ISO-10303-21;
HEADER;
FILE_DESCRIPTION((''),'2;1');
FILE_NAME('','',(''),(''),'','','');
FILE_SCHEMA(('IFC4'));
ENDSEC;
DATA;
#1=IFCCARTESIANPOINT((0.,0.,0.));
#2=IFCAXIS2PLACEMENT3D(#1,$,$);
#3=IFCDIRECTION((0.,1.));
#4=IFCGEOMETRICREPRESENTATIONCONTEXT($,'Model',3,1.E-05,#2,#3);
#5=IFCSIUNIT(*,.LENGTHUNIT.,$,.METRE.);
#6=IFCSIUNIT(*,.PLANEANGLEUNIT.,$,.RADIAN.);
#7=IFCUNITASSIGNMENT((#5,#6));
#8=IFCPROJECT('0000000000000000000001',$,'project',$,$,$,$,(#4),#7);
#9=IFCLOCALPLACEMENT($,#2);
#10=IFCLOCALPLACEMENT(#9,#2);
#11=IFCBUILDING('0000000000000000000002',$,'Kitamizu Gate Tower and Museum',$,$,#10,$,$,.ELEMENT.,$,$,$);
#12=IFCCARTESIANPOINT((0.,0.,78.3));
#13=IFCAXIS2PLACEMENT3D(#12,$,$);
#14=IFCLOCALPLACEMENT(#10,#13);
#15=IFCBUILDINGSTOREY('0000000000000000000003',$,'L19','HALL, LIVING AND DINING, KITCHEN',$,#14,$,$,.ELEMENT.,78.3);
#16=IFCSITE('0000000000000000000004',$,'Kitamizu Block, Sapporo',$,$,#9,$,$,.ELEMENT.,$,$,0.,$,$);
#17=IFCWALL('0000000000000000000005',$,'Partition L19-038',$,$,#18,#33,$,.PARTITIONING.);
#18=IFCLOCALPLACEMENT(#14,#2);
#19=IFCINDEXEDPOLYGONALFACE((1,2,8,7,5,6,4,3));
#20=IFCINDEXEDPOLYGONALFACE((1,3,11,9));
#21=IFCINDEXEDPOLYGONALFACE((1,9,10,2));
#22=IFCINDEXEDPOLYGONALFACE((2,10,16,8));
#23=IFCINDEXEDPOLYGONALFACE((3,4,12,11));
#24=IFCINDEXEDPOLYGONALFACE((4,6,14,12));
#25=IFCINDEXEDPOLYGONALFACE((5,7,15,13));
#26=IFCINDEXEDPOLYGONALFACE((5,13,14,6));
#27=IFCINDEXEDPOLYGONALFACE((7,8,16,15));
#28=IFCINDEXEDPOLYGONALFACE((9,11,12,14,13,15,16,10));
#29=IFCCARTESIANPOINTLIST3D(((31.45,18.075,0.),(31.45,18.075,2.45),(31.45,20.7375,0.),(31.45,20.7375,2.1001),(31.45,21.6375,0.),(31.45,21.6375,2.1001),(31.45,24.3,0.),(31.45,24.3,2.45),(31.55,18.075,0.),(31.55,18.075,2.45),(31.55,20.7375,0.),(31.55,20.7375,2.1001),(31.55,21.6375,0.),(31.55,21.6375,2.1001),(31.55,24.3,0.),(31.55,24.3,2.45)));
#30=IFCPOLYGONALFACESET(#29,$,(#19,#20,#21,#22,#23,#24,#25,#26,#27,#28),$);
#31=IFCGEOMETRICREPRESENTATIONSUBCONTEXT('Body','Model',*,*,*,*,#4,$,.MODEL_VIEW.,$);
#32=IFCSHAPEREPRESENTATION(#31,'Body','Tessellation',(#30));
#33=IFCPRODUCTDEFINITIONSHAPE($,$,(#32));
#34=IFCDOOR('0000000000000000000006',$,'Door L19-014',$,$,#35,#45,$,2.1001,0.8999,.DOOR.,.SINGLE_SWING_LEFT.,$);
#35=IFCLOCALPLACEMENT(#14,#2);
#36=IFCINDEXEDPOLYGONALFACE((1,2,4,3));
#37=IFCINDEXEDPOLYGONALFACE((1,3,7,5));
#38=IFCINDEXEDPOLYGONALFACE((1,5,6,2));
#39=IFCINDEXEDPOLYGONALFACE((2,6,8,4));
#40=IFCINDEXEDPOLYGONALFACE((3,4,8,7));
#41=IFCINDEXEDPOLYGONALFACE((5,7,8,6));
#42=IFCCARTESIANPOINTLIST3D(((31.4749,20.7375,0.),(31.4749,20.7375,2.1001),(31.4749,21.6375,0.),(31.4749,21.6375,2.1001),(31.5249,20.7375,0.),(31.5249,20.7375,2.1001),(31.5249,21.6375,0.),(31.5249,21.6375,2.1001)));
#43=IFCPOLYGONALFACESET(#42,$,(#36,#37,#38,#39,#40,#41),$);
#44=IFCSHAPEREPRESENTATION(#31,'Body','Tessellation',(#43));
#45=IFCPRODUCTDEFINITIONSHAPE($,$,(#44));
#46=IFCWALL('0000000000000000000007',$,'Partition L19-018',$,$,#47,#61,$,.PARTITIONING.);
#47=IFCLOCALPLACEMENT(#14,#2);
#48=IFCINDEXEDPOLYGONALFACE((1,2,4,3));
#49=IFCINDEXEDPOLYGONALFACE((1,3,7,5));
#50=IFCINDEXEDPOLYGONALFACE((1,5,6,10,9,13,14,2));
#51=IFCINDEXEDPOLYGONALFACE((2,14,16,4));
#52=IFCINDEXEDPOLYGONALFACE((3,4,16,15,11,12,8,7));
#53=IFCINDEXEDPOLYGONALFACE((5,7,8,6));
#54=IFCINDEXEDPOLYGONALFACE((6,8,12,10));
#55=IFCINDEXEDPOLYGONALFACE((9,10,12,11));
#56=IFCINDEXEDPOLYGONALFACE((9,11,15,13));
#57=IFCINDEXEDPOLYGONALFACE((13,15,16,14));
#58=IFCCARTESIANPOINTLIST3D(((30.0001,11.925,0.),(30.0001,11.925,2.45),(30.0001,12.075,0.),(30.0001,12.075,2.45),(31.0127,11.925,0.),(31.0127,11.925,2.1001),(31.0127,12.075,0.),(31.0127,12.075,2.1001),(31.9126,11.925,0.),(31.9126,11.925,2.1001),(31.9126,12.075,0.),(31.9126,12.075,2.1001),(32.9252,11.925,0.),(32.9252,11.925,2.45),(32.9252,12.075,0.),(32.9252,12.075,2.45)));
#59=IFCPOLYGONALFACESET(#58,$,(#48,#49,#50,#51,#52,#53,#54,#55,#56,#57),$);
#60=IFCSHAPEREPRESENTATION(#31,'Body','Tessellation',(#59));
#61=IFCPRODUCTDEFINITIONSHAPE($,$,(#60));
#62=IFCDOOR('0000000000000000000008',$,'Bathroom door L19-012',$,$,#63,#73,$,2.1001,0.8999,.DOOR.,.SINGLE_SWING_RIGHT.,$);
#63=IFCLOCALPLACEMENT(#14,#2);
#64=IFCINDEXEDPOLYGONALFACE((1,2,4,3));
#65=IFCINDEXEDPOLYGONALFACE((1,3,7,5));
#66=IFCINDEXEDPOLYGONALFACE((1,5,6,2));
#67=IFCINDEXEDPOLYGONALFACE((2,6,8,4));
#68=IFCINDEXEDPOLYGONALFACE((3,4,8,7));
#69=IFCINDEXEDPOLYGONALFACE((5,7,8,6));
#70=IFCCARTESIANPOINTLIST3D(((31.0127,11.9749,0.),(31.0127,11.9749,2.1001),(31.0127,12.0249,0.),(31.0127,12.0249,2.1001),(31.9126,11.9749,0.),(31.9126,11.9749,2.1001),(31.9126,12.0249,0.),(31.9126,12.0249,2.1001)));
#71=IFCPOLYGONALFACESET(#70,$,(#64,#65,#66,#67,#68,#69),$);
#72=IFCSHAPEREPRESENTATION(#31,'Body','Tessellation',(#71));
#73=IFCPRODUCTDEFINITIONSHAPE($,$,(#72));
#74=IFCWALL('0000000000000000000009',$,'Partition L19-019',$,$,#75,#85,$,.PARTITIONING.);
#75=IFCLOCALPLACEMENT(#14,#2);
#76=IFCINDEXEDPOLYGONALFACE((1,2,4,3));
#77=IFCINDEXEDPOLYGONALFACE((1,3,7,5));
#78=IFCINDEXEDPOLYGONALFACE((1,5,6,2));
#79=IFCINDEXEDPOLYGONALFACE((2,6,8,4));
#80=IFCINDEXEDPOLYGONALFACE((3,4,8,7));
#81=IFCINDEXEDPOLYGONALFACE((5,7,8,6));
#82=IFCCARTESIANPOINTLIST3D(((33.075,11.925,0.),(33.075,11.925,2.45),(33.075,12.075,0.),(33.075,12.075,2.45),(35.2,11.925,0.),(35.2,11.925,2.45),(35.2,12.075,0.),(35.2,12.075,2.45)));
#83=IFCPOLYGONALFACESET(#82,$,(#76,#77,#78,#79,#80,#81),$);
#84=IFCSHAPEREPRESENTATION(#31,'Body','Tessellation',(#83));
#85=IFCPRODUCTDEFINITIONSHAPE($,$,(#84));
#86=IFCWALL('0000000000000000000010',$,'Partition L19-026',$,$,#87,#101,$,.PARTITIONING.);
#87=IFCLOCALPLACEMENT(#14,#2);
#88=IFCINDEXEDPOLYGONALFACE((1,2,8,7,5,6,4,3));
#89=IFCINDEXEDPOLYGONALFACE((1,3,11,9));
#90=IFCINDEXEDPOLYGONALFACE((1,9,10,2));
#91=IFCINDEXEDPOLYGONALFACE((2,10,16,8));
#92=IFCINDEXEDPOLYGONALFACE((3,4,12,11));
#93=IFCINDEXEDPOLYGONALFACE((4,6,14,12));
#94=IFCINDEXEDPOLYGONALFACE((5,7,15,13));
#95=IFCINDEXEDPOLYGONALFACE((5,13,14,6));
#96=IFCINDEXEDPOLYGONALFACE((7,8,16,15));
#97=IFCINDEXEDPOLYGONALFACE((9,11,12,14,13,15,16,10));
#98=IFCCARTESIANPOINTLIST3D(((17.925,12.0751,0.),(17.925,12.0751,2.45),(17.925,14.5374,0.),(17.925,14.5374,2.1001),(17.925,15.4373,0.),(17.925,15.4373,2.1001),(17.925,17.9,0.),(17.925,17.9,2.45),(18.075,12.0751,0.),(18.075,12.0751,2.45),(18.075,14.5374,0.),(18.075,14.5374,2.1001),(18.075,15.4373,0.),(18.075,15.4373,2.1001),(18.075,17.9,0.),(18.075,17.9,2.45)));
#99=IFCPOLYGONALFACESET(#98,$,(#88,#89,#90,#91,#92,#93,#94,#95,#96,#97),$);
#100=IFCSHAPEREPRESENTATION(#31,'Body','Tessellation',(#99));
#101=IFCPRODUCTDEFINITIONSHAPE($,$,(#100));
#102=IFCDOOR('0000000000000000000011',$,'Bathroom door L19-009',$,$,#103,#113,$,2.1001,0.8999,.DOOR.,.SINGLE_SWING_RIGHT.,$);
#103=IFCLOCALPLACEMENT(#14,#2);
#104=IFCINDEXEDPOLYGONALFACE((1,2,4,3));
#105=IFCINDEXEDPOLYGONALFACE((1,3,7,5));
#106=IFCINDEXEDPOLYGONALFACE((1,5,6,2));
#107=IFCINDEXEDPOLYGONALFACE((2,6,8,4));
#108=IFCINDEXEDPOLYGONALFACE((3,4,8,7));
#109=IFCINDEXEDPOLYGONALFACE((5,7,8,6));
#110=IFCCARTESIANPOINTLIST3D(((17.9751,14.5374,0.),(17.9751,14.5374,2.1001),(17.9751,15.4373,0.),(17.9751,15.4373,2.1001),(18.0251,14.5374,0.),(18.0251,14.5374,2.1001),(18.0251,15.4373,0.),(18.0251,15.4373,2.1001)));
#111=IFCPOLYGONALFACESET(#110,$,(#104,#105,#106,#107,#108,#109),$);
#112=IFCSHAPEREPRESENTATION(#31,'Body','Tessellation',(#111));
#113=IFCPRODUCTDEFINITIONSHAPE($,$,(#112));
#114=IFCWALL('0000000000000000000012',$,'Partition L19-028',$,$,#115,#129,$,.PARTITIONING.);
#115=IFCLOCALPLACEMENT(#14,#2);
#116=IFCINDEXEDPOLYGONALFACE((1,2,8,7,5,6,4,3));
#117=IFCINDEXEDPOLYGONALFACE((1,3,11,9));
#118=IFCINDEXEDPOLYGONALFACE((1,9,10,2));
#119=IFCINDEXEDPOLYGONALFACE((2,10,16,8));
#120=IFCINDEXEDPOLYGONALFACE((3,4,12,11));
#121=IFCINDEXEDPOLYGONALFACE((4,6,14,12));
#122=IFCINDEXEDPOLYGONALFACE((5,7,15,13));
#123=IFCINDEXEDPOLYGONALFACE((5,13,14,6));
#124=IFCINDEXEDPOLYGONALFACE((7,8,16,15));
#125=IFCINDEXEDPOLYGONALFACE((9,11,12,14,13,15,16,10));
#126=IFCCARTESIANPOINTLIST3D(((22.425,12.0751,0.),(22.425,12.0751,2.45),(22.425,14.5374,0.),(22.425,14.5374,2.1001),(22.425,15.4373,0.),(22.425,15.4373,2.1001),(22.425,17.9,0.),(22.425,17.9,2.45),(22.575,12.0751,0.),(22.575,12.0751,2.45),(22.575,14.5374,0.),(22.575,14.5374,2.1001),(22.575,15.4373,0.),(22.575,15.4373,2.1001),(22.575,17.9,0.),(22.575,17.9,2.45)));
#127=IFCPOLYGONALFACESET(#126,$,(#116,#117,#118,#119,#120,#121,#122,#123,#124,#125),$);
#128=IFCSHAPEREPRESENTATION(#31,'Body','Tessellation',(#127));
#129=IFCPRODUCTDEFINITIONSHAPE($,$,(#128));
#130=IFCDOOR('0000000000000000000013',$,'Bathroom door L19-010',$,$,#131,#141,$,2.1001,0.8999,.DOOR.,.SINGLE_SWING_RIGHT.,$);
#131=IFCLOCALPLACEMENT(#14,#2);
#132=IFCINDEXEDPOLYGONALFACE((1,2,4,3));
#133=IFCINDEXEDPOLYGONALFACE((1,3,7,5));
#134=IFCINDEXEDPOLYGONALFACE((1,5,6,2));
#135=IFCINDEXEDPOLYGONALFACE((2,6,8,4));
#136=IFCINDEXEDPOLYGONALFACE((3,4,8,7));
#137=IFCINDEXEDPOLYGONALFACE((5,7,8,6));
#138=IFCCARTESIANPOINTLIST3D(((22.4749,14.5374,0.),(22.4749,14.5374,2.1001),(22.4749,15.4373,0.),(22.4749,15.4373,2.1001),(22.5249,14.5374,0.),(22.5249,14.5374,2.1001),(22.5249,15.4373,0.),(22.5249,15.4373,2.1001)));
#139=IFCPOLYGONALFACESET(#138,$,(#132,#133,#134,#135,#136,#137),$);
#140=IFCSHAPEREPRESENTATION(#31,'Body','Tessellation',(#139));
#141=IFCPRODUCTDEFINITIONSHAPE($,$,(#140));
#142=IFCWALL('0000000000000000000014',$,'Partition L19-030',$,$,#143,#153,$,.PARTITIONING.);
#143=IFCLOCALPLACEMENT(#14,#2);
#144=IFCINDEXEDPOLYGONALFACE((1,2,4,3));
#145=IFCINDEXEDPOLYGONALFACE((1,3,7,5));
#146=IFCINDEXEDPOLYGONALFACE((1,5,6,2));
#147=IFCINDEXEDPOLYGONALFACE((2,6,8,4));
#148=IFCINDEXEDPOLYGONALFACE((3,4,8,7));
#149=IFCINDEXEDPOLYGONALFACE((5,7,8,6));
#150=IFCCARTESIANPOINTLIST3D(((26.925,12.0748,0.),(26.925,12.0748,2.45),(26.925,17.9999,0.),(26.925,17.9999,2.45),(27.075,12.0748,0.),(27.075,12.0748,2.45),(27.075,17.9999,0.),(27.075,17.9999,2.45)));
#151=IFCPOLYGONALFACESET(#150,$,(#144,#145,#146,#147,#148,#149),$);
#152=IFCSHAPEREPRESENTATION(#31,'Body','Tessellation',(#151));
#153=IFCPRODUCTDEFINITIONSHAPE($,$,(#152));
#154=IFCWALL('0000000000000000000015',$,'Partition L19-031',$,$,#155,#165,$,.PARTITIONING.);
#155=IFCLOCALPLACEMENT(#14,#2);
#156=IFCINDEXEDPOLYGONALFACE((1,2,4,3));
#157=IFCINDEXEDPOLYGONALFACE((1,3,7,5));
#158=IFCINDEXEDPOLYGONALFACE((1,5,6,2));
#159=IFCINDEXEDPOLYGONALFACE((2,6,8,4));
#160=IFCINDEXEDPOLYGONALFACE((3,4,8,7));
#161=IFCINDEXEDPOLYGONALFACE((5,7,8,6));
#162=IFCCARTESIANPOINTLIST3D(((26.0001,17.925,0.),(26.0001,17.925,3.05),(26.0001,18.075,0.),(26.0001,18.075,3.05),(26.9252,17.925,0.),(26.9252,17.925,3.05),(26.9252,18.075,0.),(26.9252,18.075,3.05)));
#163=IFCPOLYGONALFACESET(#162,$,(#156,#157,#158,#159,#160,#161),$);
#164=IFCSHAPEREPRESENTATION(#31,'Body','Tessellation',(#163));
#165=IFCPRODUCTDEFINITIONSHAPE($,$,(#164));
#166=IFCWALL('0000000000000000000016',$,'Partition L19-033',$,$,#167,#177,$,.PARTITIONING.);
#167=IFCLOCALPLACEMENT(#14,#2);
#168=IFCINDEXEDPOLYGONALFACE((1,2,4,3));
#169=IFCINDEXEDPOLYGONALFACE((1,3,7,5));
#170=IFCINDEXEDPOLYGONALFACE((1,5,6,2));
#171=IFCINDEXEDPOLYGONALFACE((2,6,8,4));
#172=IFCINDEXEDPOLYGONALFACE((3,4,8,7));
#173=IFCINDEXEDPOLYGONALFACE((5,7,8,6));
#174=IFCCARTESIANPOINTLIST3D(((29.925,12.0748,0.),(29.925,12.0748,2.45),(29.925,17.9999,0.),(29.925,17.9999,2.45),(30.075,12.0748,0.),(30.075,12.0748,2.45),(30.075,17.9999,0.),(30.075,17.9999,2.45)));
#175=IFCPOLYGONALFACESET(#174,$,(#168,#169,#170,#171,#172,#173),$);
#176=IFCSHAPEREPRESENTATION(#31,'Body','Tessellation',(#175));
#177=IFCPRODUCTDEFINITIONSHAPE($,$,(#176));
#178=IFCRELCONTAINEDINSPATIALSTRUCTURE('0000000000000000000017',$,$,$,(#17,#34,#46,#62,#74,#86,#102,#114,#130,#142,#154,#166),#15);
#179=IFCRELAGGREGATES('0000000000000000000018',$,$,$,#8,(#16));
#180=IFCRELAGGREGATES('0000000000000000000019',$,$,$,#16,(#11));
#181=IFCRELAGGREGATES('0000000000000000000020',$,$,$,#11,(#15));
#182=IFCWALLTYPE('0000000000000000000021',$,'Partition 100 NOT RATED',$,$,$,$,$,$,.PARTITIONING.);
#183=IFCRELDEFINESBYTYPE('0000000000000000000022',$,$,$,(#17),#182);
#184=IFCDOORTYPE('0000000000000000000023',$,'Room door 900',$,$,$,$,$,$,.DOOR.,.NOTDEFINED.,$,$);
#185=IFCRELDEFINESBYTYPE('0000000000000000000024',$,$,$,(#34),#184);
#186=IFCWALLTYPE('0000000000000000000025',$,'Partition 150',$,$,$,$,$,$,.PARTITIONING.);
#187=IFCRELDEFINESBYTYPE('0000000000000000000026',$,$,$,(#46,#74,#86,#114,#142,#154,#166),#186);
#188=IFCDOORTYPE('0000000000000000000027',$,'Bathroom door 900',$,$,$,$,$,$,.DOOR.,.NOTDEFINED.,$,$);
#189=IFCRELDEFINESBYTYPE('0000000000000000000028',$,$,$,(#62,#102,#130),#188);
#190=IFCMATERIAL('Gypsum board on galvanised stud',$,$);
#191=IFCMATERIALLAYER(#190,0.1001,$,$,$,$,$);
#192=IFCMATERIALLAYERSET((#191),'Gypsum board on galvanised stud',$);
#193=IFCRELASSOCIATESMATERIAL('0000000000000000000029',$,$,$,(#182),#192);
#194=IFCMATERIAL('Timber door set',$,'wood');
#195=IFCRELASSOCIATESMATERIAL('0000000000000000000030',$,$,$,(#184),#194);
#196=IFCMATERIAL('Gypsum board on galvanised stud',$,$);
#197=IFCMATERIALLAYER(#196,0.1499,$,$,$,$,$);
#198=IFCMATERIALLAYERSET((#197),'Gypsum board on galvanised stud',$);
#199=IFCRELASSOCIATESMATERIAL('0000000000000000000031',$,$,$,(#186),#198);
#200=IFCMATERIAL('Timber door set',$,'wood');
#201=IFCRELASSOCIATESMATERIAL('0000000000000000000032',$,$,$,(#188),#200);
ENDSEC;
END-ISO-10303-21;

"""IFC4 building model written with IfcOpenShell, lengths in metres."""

from ifc_helpers import new_model, si_unit, direction, frame, frame_2d, origin, place, context, subcontext, project, spatial, rectangle, extrude, material, layer, layer_set, type_object, element, fill, save


model = new_model("IFC4")

# Units and contexts
model_context = context("Model", 3, precision=1e-05, world=origin(), true_north=direction((0.0, 1.0)))
body_context = subcontext(model_context, "Body", "Model", "MODEL_VIEW")
ifc_project = project(units=[si_unit("LENGTHUNIT", "METRE"), si_unit("PLANEANGLEUNIT", "RADIAN")], contexts=[model_context])

# Site, building, storey
site_placement = place(None, origin())
site = spatial("IfcSite", under=ifc_project, at=site_placement, Name="Kitamizu Block, Sapporo", CompositionType="ELEMENT", RefElevation=0.0)
building_placement = place(site_placement, origin())
building = spatial("IfcBuilding", under=site, at=building_placement, Name="Kitamizu Gate Tower and Museum", CompositionType="ELEMENT")
storey_placement = place(building_placement, frame((0.0, 0.0, 78.3)))
storey = spatial("IfcBuildingStorey", under=building, at=storey_placement, Name="L19", Description="HALL, LIVING AND DINING, KITCHEN", CompositionType="ELEMENT", Elevation=78.3)

# Walls, openings, doors
ifc_material_1 = material(Name="Gypsum board on galvanised stud")
ifc_layer_1 = layer(ifc_material_1, 0.1001)
ifc_layer_set_1 = layer_set([ifc_layer_1], Name="Gypsum board on galvanised stud")
wall_type_1 = type_object("IfcWallType", Name="Partition 100 NOT RATED", PredefinedType="PARTITIONING", material=ifc_layer_set_1)
wall_1_placement = place(storey_placement, frame((31.5, 18.075, 0.0), z_axis=(0.0, 0.0, 1.0), x_axis=(0.0, 1.0, 0.0)))
wall_1 = element("IfcWall", 1, at=wall_1_placement, inside=storey, type_object=wall_type_1, Name="Partition L19-038", PredefinedType="PARTITIONING", context=body_context, shape_type="SweptSolid", body=[
    extrude(rectangle(XDim=6.2251, YDim=0.1001, at=frame_2d((3.1125, 0.0))), origin(), (0.0, 0.0, 1.0), 2.45),
])
opening_1_placement = place(wall_1_placement, frame((2.6626, 0.0, 0.0)))
opening_1 = element("IfcOpeningElement", 2, at=opening_1_placement, cuts=wall_1, PredefinedType="OPENING", context=body_context, shape_type="SweptSolid", body=[
    extrude(rectangle(XDim=0.8999, YDim=2.1001, at=frame_2d((0.45, 1.05))), frame((0.0, 0.0601, 0.0), z_axis=(0.0, -1.0, 0.0), x_axis=(1.0, 0.0, 0.0)), (0.0, 0.0, 1.0), 0.1201),
])
ifc_material_2 = material(Name="Timber door set", Category="wood")
door_type_1 = type_object("IfcDoorType", Name="Room door 900", OperationType="NOTDEFINED", PredefinedType="DOOR", material=ifc_material_2)
door_1_placement = place(opening_1_placement, frame((0.8999, 0.0, 0.0), x_axis=(-1.0, 0.0, 0.0)))
door_1 = element("IfcDoor", 3, at=door_1_placement, inside=storey, type_object=door_type_1, Name="Door L19-014", OperationType="SINGLE_SWING_LEFT", OverallHeight=2.1001, OverallWidth=0.8999, PredefinedType="DOOR", context=body_context, shape_type="SweptSolid", body=[
    extrude(rectangle(XDim=0.8999, YDim=2.1001, at=frame_2d((0.45, 1.05))), frame((0.0, 0.0249, 0.0), z_axis=(0.0, -1.0, 0.0), x_axis=(1.0, 0.0, 0.0)), (0.0, 0.0, 1.0), 0.05),
])
fill(opening_1, door_1)
ifc_material_3 = material(Name="Gypsum board on galvanised stud")
ifc_layer_2 = layer(ifc_material_3, 0.1499)
ifc_layer_set_2 = layer_set([ifc_layer_2], Name="Gypsum board on galvanised stud")
wall_type_2 = type_object("IfcWallType", Name="Partition 150", PredefinedType="PARTITIONING", material=ifc_layer_set_2)
wall_2_placement = place(storey_placement, frame((32.925, 12.0, 0.0), z_axis=(0.0, 0.0, 1.0), x_axis=(-1.0, 0.0, 0.0)))
wall_2 = element("IfcWall", 4, at=wall_2_placement, inside=storey, type_object=wall_type_2, Name="Partition L19-018", PredefinedType="PARTITIONING", context=body_context, shape_type="SweptSolid", body=[
    extrude(rectangle(XDim=2.925, YDim=0.1499, at=frame_2d((1.4624, 0.0))), origin(), (0.0, 0.0, 1.0), 2.45),
])
opening_2_placement = place(wall_2_placement, frame((1.0125, 0.0, 0.0)))
opening_2 = element("IfcOpeningElement", 5, at=opening_2_placement, cuts=wall_2, PredefinedType="OPENING", context=body_context, shape_type="SweptSolid", body=[
    extrude(rectangle(XDim=0.8999, YDim=2.1001, at=frame_2d((0.45, 1.05))), frame((0.0, 0.085, 0.0), z_axis=(0.0, -1.0, 0.0), x_axis=(1.0, 0.0, 0.0)), (0.0, 0.0, 1.0), 0.1699),
])
ifc_material_4 = material(Name="Timber door set", Category="wood")
door_type_2 = type_object("IfcDoorType", Name="Bathroom door 900", OperationType="NOTDEFINED", PredefinedType="DOOR", material=ifc_material_4)
door_2_placement = place(opening_2_placement, frame((0.8999, 0.0, 0.0), x_axis=(-1.0, 0.0, 0.0)))
door_2 = element("IfcDoor", 6, at=door_2_placement, inside=storey, type_object=door_type_2, Name="Bathroom door L19-012", OperationType="SINGLE_SWING_RIGHT", OverallHeight=2.1001, OverallWidth=0.8999, PredefinedType="DOOR", context=body_context, shape_type="SweptSolid", body=[
    extrude(rectangle(XDim=0.8999, YDim=2.1001, at=frame_2d((0.45, 1.05))), frame((0.0, 0.0249, 0.0), z_axis=(0.0, -1.0, 0.0), x_axis=(1.0, 0.0, 0.0)), (0.0, 0.0, 1.0), 0.05),
])
fill(opening_2, door_2)

# Wall
wall_3_placement = place(storey_placement, frame((35.2, 12.0, 0.0), z_axis=(0.0, 0.0, 1.0), x_axis=(-1.0, 0.0, 0.0)))
element("IfcWall", 7, at=wall_3_placement, inside=storey, type_object=wall_type_2, Name="Partition L19-019", PredefinedType="PARTITIONING", context=body_context, shape_type="SweptSolid", body=[
    extrude(rectangle(XDim=2.125, YDim=0.1499, at=frame_2d((1.0625, 0.0))), origin(), (0.0, 0.0, 1.0), 2.45),
])

# Walls, openings, doors
wall_4_placement = place(storey_placement, frame((18.0, 12.075, 0.0), z_axis=(0.0, 0.0, 1.0), x_axis=(0.0, 1.0, 0.0)))
wall_4 = element("IfcWall", 8, at=wall_4_placement, inside=storey, type_object=wall_type_2, Name="Partition L19-026", PredefinedType="PARTITIONING", context=body_context, shape_type="SweptSolid", body=[
    extrude(rectangle(XDim=5.825, YDim=0.1499, at=frame_2d((2.9126, 0.0))), origin(), (0.0, 0.0, 1.0), 2.45),
])
opening_3_placement = place(wall_4_placement, frame((2.4624, 0.0, 0.0)))
opening_3 = element("IfcOpeningElement", 9, at=opening_3_placement, cuts=wall_4, PredefinedType="OPENING", context=body_context, shape_type="SweptSolid", body=[
    extrude(rectangle(XDim=0.8999, YDim=2.1001, at=frame_2d((0.45, 1.05))), frame((0.0, 0.085, 0.0), z_axis=(0.0, -1.0, 0.0), x_axis=(1.0, 0.0, 0.0)), (0.0, 0.0, 1.0), 0.1699),
])
door_3_placement = place(opening_3_placement, origin())
door_3 = element("IfcDoor", 10, at=door_3_placement, inside=storey, type_object=door_type_2, Name="Bathroom door L19-009", OperationType="SINGLE_SWING_RIGHT", OverallHeight=2.1001, OverallWidth=0.8999, PredefinedType="DOOR", context=body_context, shape_type="SweptSolid", body=[
    extrude(rectangle(XDim=0.8999, YDim=2.1001, at=frame_2d((0.45, 1.05))), frame((0.0, 0.0249, 0.0), z_axis=(0.0, -1.0, 0.0), x_axis=(1.0, 0.0, 0.0)), (0.0, 0.0, 1.0), 0.05),
])
fill(opening_3, door_3)
wall_5_placement = place(storey_placement, frame((22.5, 12.075, 0.0), z_axis=(0.0, 0.0, 1.0), x_axis=(0.0, 1.0, 0.0)))
wall_5 = element("IfcWall", 11, at=wall_5_placement, inside=storey, type_object=wall_type_2, Name="Partition L19-028", PredefinedType="PARTITIONING", context=body_context, shape_type="SweptSolid", body=[
    extrude(rectangle(XDim=5.825, YDim=0.1499, at=frame_2d((2.9126, 0.0))), origin(), (0.0, 0.0, 1.0), 2.45),
])
opening_4_placement = place(wall_5_placement, frame((2.4624, 0.0, 0.0)))
opening_4 = element("IfcOpeningElement", 12, at=opening_4_placement, cuts=wall_5, PredefinedType="OPENING", context=body_context, shape_type="SweptSolid", body=[
    extrude(rectangle(XDim=0.8999, YDim=2.1001, at=frame_2d((0.45, 1.05))), frame((0.0, 0.085, 0.0), z_axis=(0.0, -1.0, 0.0), x_axis=(1.0, 0.0, 0.0)), (0.0, 0.0, 1.0), 0.1699),
])
door_4_placement = place(opening_4_placement, frame((0.8999, 0.0, 0.0), x_axis=(-1.0, 0.0, 0.0)))
door_4 = element("IfcDoor", 13, at=door_4_placement, inside=storey, type_object=door_type_2, Name="Bathroom door L19-010", OperationType="SINGLE_SWING_RIGHT", OverallHeight=2.1001, OverallWidth=0.8999, PredefinedType="DOOR", context=body_context, shape_type="SweptSolid", body=[
    extrude(rectangle(XDim=0.8999, YDim=2.1001, at=frame_2d((0.45, 1.05))), frame((0.0, 0.0249, 0.0), z_axis=(0.0, -1.0, 0.0), x_axis=(1.0, 0.0, 0.0)), (0.0, 0.0, 1.0), 0.05),
])
fill(opening_4, door_4)

# Walls
wall_6_placement = place(storey_placement, frame((27.0, 12.075, 0.0), z_axis=(0.0, 0.0, 1.0), x_axis=(0.0, 1.0, 0.0)))
element("IfcWall", 14, at=wall_6_placement, inside=storey, type_object=wall_type_2, Name="Partition L19-030", PredefinedType="PARTITIONING", context=body_context, shape_type="SweptSolid", body=[
    extrude(rectangle(XDim=5.925, YDim=0.1499, at=frame_2d((2.9624, 0.0))), origin(), (0.0, 0.0, 1.0), 2.45),
])
wall_7_placement = place(storey_placement, frame((26.925, 18.0, 0.0), z_axis=(0.0, 0.0, 1.0), x_axis=(-1.0, 0.0, 0.0)))
element("IfcWall", 15, at=wall_7_placement, inside=storey, type_object=wall_type_2, Name="Partition L19-031", PredefinedType="PARTITIONING", context=body_context, shape_type="SweptSolid", body=[
    extrude(rectangle(XDim=0.925, YDim=0.1499, at=frame_2d((0.4624, 0.0))), origin(), (0.0, 0.0, 1.0), 3.05),
])
wall_8_placement = place(storey_placement, frame((30.0, 12.075, 0.0), z_axis=(0.0, 0.0, 1.0), x_axis=(0.0, 1.0, 0.0)))
element("IfcWall", 16, at=wall_8_placement, inside=storey, type_object=wall_type_2, Name="Partition L19-033", PredefinedType="PARTITIONING", context=body_context, shape_type="SweptSolid", body=[
    extrude(rectangle(XDim=5.925, YDim=0.1499, at=frame_2d((2.9624, 0.0))), origin(), (0.0, 0.0, 1.0), 2.45),
])

save(model, "model.ifc")
